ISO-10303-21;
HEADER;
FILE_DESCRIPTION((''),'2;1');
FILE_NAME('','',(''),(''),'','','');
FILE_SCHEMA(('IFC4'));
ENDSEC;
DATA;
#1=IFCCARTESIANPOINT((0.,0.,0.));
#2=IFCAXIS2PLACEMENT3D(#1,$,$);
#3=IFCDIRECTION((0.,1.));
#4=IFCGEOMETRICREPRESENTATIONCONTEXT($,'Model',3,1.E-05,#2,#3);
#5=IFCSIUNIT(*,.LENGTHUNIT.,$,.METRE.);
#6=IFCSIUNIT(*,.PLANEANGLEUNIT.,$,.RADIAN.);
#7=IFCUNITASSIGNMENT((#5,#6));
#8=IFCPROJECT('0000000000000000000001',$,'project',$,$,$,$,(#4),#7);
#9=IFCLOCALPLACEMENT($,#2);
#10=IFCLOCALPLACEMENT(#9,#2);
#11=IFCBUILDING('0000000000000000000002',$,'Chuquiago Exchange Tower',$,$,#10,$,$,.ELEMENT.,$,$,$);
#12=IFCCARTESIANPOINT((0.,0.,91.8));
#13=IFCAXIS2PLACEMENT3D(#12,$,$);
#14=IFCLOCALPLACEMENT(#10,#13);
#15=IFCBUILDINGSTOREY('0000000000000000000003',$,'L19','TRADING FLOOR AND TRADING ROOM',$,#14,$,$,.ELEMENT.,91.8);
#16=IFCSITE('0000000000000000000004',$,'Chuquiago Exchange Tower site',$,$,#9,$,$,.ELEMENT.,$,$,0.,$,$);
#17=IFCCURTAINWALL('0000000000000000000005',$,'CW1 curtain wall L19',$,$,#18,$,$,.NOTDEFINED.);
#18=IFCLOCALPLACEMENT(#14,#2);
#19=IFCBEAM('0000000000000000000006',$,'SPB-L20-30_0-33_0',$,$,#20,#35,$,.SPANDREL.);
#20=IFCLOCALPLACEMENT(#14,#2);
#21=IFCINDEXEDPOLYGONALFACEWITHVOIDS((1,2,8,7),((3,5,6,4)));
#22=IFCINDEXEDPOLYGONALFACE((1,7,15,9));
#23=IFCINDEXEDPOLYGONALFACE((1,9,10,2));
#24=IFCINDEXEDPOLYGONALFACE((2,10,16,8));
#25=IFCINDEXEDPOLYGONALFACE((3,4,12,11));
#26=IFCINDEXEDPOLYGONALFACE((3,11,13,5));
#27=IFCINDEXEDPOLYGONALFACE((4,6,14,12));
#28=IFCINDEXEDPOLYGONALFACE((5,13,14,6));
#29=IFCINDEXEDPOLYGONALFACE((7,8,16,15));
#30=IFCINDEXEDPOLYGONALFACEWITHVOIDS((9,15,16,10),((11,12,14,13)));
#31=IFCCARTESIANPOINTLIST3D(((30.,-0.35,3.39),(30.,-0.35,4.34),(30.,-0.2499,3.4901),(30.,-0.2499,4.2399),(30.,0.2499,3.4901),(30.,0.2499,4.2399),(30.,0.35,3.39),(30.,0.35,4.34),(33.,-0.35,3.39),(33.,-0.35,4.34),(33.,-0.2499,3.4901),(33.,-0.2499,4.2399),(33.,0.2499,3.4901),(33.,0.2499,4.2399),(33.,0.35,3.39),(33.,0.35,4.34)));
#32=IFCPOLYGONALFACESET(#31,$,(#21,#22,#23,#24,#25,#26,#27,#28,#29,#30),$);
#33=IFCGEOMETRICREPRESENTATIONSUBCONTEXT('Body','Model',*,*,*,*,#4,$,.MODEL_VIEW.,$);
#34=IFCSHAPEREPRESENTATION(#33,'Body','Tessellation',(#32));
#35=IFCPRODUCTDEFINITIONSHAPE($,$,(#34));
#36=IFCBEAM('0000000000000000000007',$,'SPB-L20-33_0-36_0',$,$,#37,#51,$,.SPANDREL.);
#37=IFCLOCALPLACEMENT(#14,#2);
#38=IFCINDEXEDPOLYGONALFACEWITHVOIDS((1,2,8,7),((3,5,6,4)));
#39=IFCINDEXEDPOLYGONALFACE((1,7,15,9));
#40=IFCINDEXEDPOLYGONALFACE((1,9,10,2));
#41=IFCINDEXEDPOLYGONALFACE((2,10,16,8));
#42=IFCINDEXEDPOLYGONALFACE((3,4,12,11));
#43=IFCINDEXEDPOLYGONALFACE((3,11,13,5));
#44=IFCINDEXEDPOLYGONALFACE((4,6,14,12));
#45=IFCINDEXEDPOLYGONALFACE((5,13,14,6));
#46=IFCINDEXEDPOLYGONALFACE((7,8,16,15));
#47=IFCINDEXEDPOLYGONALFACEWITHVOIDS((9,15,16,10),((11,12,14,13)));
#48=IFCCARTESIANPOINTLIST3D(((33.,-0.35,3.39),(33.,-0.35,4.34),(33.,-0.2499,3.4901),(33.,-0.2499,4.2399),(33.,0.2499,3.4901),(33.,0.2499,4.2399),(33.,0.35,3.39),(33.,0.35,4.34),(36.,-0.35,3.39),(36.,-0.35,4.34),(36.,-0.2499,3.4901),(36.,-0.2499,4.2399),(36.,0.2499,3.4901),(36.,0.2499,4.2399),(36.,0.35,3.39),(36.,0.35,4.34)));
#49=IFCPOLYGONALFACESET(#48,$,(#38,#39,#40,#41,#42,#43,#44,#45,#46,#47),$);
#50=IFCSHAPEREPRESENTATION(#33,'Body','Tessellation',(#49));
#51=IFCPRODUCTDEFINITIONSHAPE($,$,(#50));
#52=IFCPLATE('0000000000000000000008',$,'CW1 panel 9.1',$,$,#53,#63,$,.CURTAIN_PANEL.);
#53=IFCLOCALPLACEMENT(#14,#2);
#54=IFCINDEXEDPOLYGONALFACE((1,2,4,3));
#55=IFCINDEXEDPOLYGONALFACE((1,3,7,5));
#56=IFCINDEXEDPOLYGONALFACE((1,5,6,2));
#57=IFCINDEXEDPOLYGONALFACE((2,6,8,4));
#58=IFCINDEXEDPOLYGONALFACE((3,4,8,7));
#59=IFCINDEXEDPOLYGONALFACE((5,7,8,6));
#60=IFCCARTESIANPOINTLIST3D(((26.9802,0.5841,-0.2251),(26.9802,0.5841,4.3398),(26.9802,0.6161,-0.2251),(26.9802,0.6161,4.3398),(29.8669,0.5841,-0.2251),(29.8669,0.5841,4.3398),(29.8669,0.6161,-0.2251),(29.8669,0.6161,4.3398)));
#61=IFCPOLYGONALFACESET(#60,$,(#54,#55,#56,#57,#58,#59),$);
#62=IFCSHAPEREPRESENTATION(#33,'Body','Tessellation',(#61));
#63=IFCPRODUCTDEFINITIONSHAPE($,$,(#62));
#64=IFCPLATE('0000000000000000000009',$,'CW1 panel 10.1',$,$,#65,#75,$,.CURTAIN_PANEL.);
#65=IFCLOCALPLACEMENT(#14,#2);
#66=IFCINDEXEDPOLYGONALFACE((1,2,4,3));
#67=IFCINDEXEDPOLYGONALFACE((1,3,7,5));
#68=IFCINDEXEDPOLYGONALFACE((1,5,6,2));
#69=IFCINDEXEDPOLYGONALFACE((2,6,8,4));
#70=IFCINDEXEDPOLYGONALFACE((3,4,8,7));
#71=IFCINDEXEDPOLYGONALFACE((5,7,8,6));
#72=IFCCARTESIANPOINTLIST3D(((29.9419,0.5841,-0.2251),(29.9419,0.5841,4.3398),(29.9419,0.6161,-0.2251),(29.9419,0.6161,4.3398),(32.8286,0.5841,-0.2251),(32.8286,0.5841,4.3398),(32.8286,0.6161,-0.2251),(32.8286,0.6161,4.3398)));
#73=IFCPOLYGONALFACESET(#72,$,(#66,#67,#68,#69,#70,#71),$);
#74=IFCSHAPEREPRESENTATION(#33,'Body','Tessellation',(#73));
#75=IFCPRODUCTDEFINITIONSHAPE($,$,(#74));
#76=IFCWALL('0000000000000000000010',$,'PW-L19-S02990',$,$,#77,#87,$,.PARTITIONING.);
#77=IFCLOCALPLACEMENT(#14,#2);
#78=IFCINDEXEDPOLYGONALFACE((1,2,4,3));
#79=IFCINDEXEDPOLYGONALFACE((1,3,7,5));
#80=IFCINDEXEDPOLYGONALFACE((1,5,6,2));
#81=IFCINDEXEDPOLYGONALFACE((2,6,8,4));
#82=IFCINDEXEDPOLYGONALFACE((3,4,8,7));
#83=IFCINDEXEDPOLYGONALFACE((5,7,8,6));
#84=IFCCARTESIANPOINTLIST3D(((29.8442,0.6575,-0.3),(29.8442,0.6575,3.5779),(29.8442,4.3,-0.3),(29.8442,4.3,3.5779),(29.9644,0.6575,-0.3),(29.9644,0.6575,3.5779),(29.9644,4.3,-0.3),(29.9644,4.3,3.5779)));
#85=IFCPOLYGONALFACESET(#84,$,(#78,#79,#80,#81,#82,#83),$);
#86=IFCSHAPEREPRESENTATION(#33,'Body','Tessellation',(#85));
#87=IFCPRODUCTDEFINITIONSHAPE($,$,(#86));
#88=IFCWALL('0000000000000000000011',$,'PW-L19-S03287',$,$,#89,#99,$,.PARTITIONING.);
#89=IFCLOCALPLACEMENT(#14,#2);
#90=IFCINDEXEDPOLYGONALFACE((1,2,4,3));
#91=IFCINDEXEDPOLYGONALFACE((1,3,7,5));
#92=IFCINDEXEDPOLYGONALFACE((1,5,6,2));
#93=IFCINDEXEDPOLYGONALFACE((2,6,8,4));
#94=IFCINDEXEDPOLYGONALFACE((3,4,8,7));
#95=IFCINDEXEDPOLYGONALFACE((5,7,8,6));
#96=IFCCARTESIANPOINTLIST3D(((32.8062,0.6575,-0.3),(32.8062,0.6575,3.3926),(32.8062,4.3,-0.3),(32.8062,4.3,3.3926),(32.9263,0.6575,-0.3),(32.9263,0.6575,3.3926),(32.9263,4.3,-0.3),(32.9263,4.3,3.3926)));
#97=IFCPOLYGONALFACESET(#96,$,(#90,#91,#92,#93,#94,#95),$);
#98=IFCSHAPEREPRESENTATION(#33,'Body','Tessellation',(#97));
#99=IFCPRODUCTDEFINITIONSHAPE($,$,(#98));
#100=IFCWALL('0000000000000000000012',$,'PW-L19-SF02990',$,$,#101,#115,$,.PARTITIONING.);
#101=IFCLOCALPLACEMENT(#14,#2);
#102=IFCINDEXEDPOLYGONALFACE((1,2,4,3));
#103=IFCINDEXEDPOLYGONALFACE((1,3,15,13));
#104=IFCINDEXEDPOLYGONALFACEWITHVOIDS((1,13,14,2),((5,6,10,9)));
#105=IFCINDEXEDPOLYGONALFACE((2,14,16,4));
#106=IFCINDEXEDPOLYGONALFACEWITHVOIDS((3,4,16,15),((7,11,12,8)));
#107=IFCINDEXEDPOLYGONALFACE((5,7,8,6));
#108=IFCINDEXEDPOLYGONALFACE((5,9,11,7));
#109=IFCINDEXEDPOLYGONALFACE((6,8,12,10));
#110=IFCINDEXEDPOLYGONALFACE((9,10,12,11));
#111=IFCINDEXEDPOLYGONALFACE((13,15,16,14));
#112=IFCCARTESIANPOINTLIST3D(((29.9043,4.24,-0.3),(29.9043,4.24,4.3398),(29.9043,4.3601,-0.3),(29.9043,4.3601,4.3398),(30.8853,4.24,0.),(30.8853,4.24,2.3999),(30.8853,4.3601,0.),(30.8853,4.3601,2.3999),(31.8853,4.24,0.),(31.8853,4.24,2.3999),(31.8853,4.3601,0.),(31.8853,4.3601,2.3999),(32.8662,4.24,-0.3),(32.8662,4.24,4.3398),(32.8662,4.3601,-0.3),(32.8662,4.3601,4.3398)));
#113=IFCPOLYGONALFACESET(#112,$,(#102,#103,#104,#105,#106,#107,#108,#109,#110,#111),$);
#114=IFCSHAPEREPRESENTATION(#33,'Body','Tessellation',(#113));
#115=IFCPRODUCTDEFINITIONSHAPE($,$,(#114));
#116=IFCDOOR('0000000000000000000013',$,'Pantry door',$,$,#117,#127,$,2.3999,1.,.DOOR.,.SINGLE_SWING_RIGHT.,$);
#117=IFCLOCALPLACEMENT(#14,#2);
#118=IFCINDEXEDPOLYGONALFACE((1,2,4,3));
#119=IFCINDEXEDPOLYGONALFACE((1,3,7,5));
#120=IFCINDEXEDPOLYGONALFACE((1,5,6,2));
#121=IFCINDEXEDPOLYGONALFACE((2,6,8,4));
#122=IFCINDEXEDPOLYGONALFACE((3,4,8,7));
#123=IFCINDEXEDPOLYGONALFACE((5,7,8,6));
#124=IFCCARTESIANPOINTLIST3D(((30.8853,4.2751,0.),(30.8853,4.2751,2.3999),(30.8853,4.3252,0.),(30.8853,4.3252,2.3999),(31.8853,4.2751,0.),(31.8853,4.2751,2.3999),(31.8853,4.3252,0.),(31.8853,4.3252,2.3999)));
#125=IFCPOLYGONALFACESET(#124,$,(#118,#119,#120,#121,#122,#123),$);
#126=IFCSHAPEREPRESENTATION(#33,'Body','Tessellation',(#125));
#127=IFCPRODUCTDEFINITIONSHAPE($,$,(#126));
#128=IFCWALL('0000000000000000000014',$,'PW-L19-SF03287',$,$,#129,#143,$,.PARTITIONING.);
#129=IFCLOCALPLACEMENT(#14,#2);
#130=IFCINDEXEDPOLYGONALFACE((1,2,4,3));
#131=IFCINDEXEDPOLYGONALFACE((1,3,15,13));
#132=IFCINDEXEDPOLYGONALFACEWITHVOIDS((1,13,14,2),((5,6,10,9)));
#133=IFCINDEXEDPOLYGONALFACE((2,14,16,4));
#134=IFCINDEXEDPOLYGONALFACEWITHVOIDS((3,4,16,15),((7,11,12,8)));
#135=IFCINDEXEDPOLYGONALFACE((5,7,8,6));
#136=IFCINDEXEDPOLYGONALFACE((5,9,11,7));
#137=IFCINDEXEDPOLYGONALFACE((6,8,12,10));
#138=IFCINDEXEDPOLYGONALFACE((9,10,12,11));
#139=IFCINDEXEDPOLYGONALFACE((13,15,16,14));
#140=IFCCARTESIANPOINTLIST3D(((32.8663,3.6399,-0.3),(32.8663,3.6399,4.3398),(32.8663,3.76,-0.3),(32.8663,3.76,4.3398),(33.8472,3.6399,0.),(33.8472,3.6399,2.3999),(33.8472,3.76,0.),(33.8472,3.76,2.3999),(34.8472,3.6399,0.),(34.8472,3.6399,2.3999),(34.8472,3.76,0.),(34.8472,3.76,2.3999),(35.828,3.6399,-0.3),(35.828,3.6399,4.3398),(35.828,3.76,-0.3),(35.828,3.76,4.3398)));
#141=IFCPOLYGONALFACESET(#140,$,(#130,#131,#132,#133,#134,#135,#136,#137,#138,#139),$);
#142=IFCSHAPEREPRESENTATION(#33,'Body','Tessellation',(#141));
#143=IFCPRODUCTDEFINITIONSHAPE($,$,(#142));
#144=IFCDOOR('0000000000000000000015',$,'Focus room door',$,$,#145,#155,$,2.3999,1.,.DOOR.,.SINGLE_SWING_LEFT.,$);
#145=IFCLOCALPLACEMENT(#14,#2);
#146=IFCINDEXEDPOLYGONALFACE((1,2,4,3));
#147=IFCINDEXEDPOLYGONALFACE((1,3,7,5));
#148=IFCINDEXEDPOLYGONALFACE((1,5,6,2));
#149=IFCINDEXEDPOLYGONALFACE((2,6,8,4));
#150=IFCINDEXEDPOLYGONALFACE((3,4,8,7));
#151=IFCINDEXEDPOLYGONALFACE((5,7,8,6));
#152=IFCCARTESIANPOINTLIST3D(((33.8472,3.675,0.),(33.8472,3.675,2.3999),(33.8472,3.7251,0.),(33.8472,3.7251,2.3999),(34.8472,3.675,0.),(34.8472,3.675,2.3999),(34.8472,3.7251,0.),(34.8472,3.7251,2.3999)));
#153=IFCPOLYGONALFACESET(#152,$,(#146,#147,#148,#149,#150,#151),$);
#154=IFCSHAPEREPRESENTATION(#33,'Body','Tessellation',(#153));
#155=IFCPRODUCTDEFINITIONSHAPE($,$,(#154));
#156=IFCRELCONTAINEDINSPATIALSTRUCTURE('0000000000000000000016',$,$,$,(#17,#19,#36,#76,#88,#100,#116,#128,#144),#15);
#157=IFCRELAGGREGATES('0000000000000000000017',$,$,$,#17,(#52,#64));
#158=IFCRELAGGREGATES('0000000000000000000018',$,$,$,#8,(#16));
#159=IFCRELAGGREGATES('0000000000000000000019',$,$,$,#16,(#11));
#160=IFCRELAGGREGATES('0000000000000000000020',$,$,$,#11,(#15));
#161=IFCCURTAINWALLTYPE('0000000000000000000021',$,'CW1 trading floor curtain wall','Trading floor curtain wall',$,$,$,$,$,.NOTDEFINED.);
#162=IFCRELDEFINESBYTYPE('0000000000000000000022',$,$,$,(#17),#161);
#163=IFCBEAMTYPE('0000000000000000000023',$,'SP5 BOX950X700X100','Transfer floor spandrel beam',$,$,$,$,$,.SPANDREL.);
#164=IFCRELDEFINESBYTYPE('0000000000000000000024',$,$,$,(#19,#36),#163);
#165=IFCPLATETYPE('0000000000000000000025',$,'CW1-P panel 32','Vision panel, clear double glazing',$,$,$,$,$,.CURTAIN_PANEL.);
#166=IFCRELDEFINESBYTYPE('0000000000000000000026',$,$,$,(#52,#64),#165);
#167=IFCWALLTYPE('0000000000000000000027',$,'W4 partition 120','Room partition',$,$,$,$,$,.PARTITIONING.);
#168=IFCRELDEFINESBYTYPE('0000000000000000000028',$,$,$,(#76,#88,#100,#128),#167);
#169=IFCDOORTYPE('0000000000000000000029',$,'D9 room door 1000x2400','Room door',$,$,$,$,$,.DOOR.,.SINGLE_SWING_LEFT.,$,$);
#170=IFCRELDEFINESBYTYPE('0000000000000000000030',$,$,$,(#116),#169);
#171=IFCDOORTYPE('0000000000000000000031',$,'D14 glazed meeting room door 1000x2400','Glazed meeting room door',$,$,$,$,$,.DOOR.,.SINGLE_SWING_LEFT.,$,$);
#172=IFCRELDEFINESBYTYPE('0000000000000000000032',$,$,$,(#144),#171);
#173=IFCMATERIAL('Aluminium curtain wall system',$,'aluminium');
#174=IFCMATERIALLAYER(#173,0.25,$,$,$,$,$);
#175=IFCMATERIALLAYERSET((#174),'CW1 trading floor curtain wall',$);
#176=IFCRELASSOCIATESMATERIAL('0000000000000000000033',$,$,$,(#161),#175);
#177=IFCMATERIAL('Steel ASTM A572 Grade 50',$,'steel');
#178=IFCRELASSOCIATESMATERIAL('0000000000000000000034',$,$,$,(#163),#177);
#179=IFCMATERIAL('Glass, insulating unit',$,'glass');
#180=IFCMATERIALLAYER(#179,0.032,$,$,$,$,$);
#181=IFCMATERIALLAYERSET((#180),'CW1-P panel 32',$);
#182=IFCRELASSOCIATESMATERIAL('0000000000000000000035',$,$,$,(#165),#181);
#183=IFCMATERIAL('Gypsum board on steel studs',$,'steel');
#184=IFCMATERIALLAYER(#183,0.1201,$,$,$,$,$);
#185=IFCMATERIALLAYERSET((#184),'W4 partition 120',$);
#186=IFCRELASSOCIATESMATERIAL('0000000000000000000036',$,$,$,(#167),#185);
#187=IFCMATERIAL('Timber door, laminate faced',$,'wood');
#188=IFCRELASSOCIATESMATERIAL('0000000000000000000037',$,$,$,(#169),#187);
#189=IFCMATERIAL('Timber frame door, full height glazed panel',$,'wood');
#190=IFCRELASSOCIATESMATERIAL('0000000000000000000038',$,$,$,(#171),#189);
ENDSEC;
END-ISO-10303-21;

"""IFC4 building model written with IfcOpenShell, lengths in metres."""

from ifc_helpers import new_model, si_unit, direction, frame, frame_2d, origin, origin_2d, place, context, subcontext, project, spatial, rectangle, hollow_rectangle, extrude, material, layer, layer_set, material_profile, profile_set, type_object, element, fill, aggregate, save


model = new_model("IFC4")

# Units and contexts
model_context = context("Model", 3, precision=1e-05, world=origin(), true_north=direction((0.0, 1.0)))
body_context = subcontext(model_context, "Body", "Model", "MODEL_VIEW")
ifc_project = project(units=[si_unit("LENGTHUNIT", "METRE"), si_unit("PLANEANGLEUNIT", "RADIAN")], contexts=[model_context])

# Site, building, storey
site_placement = place(None, origin())
site = spatial("IfcSite", under=ifc_project, at=site_placement, Name="Chuquiago Exchange Tower site", CompositionType="ELEMENT", RefElevation=0.0)
building_placement = place(site_placement, origin())
building = spatial("IfcBuilding", under=site, at=building_placement, Name="Chuquiago Exchange Tower", CompositionType="ELEMENT")
storey_placement = place(building_placement, frame((0.0, 0.0, 91.8)))
storey = spatial("IfcBuildingStorey", under=building, at=storey_placement, Name="L19", Description="TRADING FLOOR AND TRADING ROOM", CompositionType="ELEMENT", Elevation=91.8)

# Curtain wall
ifc_material_1 = material(Name="Aluminium curtain wall system", Category="aluminium")
ifc_layer_1 = layer(ifc_material_1, 0.25)
ifc_layer_set_1 = layer_set([ifc_layer_1], Name="CW1 trading floor curtain wall")
curtain_wall_type = type_object("IfcCurtainWallType", Name="CW1 trading floor curtain wall", Description="Trading floor curtain wall", PredefinedType="NOTDEFINED", material=ifc_layer_set_1)
curtain_wall_placement = place(storey_placement, origin())
curtain_wall = element("IfcCurtainWall", 1, at=curtain_wall_placement, inside=storey, type_object=curtain_wall_type, Name="CW1 curtain wall L19", PredefinedType="NOTDEFINED")

# Beams
ifc_material_2 = material(Name="Steel ASTM A572 Grade 50", Category="steel")
ifc_material_profile_1 = material_profile(ifc_material_2, hollow_rectangle(XDim=0.7, YDim=0.95, WallThickness=0.1001, at=origin_2d()), Name="BOX950X700X100")
ifc_profile_set_1 = profile_set([ifc_material_profile_1], Name="Steel ASTM A572 Grade 50")
beam_type_1 = type_object("IfcBeamType", Name="SP5 BOX950X700X100", Description="Transfer floor spandrel beam", PredefinedType="SPANDREL", material=ifc_profile_set_1)
for number, where, z_axis, x_axis, name in (
    (2, (30.0, 0.0, 3.865), (1.0, 0.0, 0.0), (0.0, 1.0, 0.0), "SPB-L20-30_0-33_0"),
    (3, (33.0, 0.0, 3.865), (1.0, 0.0, 0.0), (0.0, 1.0, 0.0), "SPB-L20-33_0-36_0"),
):
    element("IfcBeam", number, at=place(storey_placement, frame(where, z_axis=z_axis, x_axis=x_axis)), inside=storey, type_object=beam_type_1, Name=name, PredefinedType="SPANDREL", context=body_context, shape_type="SweptSolid", body=[
        extrude(hollow_rectangle(XDim=0.7, YDim=0.95, WallThickness=0.1001, at=origin_2d()), origin(), (0.0, 0.0, 1.0), 3.0),
    ])

# Plates
ifc_material_3 = material(Name="Glass, insulating unit", Category="glass")
ifc_layer_2 = layer(ifc_material_3, 0.032)
ifc_layer_set_2 = layer_set([ifc_layer_2], Name="CW1-P panel 32")
plate_type = type_object("IfcPlateType", Name="CW1-P panel 32", Description="Vision panel, clear double glazing", PredefinedType="CURTAIN_PANEL", material=ifc_layer_set_2)
plate_1_placement = place(storey_placement, frame((28.4236, 0.6001, -0.2251), z_axis=(0.0, 0.0, 1.0), x_axis=(1.0, 0.0, 0.0)))
plate_1 = element("IfcPlate", 4, at=plate_1_placement, type_object=plate_type, Name="CW1 panel 9.1", PredefinedType="CURTAIN_PANEL", context=body_context, shape_type="SweptSolid", body=[
    extrude(rectangle(XDim=2.8867, YDim=0.032, at=origin_2d()), origin(), (0.0, 0.0, 1.0), 4.5649),
])
plate_2_placement = place(storey_placement, frame((31.3853, 0.6001, -0.2251), z_axis=(0.0, 0.0, 1.0), x_axis=(1.0, 0.0, 0.0)))
plate_2 = element("IfcPlate", 5, at=plate_2_placement, type_object=plate_type, Name="CW1 panel 10.1", PredefinedType="CURTAIN_PANEL", context=body_context, shape_type="SweptSolid", body=[
    extrude(rectangle(XDim=2.8867, YDim=0.032, at=origin_2d()), origin(), (0.0, 0.0, 1.0), 4.5649),
])
aggregate(curtain_wall, [plate_1, plate_2])

# Walls
ifc_material_4 = material(Name="Gypsum board on steel studs", Category="steel")
ifc_layer_3 = layer(ifc_material_4, 0.1201)
ifc_layer_set_3 = layer_set([ifc_layer_3], Name="W4 partition 120")
wall_type = type_object("IfcWallType", Name="W4 partition 120", Description="Room partition", PredefinedType="PARTITIONING", material=ifc_layer_set_3)
wall_1_placement = place(storey_placement, frame((29.9043, 0.6575, -0.3), z_axis=(0.0, 0.0, 1.0), x_axis=(0.0, 1.0, 0.0)))
element("IfcWall", 6, at=wall_1_placement, inside=storey, type_object=wall_type, Name="PW-L19-S02990", PredefinedType="PARTITIONING", context=body_context, shape_type="SweptSolid", body=[
    extrude(rectangle(XDim=3.6426, YDim=0.1201, at=frame_2d((1.8213, 0.0))), origin(), (0.0, 0.0, 1.0), 3.8779),
])
wall_2_placement = place(storey_placement, frame((32.8662, 0.6575, -0.3), z_axis=(0.0, 0.0, 1.0), x_axis=(0.0, 1.0, 0.0)))
element("IfcWall", 7, at=wall_2_placement, inside=storey, type_object=wall_type, Name="PW-L19-S03287", PredefinedType="PARTITIONING", context=body_context, shape_type="SweptSolid", body=[
    extrude(rectangle(XDim=3.6426, YDim=0.1201, at=frame_2d((1.8213, 0.0))), origin(), (0.0, 0.0, 1.0), 3.6926),
])

# Walls, openings, doors
wall_3_placement = place(storey_placement, frame((29.9043, 4.3, -0.3), z_axis=(0.0, 0.0, 1.0), x_axis=(1.0, 0.0, 0.0)))
wall_3 = element("IfcWall", 8, at=wall_3_placement, inside=storey, type_object=wall_type, Name="PW-L19-SF02990", PredefinedType="PARTITIONING", context=body_context, shape_type="SweptSolid", body=[
    extrude(rectangle(XDim=2.9619, YDim=0.1201, at=frame_2d((1.481, 0.0))), origin(), (0.0, 0.0, 1.0), 4.6399),
])
opening_1_placement = place(wall_3_placement, frame((0.981, 0.0, 0.3)))
opening_1 = element("IfcOpeningElement", 9, at=opening_1_placement, cuts=wall_3, PredefinedType="OPENING", context=body_context, shape_type="SweptSolid", body=[
    extrude(rectangle(XDim=1.0, YDim=2.3999, at=frame_2d((0.5, 1.2))), frame((0.0, 0.0701, 0.0), z_axis=(0.0, -1.0, 0.0), x_axis=(1.0, 0.0, 0.0)), (0.0, 0.0, 1.0), 0.1401),
])
ifc_material_5 = material(Name="Timber door, laminate faced", Category="wood")
door_type_1 = type_object("IfcDoorType", Name="D9 room door 1000x2400", Description="Room door", OperationType="SINGLE_SWING_LEFT", PredefinedType="DOOR", material=ifc_material_5)
door_1_placement = place(opening_1_placement, frame((1.0, 0.0, 0.0), z_axis=(0.0, 0.0, 1.0), x_axis=(-1.0, 0.0, 0.0)))
door_1 = element("IfcDoor", 10, at=door_1_placement, inside=storey, type_object=door_type_1, Name="Pantry door", OperationType="SINGLE_SWING_RIGHT", OverallHeight=2.3999, OverallWidth=1.0, PredefinedType="DOOR", context=body_context, shape_type="SweptSolid", body=[
    extrude(rectangle(XDim=1.0, YDim=2.3999, at=frame_2d((0.5, 1.2))), frame((0.0, 0.0249, 0.0), z_axis=(0.0, -1.0, 0.0), x_axis=(1.0, 0.0, 0.0)), (0.0, 0.0, 1.0), 0.05),
])
fill(opening_1, door_1)
wall_4_placement = place(storey_placement, frame((32.8662, 3.7, -0.3), z_axis=(0.0, 0.0, 1.0), x_axis=(1.0, 0.0, 0.0)))
wall_4 = element("IfcWall", 11, at=wall_4_placement, inside=storey, type_object=wall_type, Name="PW-L19-SF03287", PredefinedType="PARTITIONING", context=body_context, shape_type="SweptSolid", body=[
    extrude(rectangle(XDim=2.9617, YDim=0.1201, at=frame_2d((1.481, 0.0))), origin(), (0.0, 0.0, 1.0), 4.6399),
])
opening_2_placement = place(wall_4_placement, frame((0.981, 0.0, 0.3)))
opening_2 = element("IfcOpeningElement", 12, at=opening_2_placement, cuts=wall_4, PredefinedType="OPENING", context=body_context, shape_type="SweptSolid", body=[
    extrude(rectangle(XDim=1.0, YDim=2.3999, at=frame_2d((0.5, 1.2))), frame((0.0, 0.0701, 0.0), z_axis=(0.0, -1.0, 0.0), x_axis=(1.0, 0.0, 0.0)), (0.0, 0.0, 1.0), 0.1401),
])
ifc_material_6 = material(Name="Timber frame door, full height glazed panel", Category="wood")
door_type_2 = type_object("IfcDoorType", Name="D14 glazed meeting room door 1000x2400", Description="Glazed meeting room door", OperationType="SINGLE_SWING_LEFT", PredefinedType="DOOR", material=ifc_material_6)
door_2_placement = place(opening_2_placement, frame((1.0, 0.0, 0.0), z_axis=(0.0, 0.0, 1.0), x_axis=(-1.0, 0.0, 0.0)))
door_2 = element("IfcDoor", 13, at=door_2_placement, inside=storey, type_object=door_type_2, Name="Focus room door", OperationType="SINGLE_SWING_LEFT", OverallHeight=2.3999, OverallWidth=1.0, PredefinedType="DOOR", context=body_context, shape_type="SweptSolid", body=[
    extrude(rectangle(XDim=1.0, YDim=2.3999, at=frame_2d((0.5, 1.2))), frame((0.0, 0.0249, 0.0), z_axis=(0.0, -1.0, 0.0), x_axis=(1.0, 0.0, 0.0)), (0.0, 0.0, 1.0), 0.05),
])
fill(opening_2, door_2)

save(model, "model.ifc")
